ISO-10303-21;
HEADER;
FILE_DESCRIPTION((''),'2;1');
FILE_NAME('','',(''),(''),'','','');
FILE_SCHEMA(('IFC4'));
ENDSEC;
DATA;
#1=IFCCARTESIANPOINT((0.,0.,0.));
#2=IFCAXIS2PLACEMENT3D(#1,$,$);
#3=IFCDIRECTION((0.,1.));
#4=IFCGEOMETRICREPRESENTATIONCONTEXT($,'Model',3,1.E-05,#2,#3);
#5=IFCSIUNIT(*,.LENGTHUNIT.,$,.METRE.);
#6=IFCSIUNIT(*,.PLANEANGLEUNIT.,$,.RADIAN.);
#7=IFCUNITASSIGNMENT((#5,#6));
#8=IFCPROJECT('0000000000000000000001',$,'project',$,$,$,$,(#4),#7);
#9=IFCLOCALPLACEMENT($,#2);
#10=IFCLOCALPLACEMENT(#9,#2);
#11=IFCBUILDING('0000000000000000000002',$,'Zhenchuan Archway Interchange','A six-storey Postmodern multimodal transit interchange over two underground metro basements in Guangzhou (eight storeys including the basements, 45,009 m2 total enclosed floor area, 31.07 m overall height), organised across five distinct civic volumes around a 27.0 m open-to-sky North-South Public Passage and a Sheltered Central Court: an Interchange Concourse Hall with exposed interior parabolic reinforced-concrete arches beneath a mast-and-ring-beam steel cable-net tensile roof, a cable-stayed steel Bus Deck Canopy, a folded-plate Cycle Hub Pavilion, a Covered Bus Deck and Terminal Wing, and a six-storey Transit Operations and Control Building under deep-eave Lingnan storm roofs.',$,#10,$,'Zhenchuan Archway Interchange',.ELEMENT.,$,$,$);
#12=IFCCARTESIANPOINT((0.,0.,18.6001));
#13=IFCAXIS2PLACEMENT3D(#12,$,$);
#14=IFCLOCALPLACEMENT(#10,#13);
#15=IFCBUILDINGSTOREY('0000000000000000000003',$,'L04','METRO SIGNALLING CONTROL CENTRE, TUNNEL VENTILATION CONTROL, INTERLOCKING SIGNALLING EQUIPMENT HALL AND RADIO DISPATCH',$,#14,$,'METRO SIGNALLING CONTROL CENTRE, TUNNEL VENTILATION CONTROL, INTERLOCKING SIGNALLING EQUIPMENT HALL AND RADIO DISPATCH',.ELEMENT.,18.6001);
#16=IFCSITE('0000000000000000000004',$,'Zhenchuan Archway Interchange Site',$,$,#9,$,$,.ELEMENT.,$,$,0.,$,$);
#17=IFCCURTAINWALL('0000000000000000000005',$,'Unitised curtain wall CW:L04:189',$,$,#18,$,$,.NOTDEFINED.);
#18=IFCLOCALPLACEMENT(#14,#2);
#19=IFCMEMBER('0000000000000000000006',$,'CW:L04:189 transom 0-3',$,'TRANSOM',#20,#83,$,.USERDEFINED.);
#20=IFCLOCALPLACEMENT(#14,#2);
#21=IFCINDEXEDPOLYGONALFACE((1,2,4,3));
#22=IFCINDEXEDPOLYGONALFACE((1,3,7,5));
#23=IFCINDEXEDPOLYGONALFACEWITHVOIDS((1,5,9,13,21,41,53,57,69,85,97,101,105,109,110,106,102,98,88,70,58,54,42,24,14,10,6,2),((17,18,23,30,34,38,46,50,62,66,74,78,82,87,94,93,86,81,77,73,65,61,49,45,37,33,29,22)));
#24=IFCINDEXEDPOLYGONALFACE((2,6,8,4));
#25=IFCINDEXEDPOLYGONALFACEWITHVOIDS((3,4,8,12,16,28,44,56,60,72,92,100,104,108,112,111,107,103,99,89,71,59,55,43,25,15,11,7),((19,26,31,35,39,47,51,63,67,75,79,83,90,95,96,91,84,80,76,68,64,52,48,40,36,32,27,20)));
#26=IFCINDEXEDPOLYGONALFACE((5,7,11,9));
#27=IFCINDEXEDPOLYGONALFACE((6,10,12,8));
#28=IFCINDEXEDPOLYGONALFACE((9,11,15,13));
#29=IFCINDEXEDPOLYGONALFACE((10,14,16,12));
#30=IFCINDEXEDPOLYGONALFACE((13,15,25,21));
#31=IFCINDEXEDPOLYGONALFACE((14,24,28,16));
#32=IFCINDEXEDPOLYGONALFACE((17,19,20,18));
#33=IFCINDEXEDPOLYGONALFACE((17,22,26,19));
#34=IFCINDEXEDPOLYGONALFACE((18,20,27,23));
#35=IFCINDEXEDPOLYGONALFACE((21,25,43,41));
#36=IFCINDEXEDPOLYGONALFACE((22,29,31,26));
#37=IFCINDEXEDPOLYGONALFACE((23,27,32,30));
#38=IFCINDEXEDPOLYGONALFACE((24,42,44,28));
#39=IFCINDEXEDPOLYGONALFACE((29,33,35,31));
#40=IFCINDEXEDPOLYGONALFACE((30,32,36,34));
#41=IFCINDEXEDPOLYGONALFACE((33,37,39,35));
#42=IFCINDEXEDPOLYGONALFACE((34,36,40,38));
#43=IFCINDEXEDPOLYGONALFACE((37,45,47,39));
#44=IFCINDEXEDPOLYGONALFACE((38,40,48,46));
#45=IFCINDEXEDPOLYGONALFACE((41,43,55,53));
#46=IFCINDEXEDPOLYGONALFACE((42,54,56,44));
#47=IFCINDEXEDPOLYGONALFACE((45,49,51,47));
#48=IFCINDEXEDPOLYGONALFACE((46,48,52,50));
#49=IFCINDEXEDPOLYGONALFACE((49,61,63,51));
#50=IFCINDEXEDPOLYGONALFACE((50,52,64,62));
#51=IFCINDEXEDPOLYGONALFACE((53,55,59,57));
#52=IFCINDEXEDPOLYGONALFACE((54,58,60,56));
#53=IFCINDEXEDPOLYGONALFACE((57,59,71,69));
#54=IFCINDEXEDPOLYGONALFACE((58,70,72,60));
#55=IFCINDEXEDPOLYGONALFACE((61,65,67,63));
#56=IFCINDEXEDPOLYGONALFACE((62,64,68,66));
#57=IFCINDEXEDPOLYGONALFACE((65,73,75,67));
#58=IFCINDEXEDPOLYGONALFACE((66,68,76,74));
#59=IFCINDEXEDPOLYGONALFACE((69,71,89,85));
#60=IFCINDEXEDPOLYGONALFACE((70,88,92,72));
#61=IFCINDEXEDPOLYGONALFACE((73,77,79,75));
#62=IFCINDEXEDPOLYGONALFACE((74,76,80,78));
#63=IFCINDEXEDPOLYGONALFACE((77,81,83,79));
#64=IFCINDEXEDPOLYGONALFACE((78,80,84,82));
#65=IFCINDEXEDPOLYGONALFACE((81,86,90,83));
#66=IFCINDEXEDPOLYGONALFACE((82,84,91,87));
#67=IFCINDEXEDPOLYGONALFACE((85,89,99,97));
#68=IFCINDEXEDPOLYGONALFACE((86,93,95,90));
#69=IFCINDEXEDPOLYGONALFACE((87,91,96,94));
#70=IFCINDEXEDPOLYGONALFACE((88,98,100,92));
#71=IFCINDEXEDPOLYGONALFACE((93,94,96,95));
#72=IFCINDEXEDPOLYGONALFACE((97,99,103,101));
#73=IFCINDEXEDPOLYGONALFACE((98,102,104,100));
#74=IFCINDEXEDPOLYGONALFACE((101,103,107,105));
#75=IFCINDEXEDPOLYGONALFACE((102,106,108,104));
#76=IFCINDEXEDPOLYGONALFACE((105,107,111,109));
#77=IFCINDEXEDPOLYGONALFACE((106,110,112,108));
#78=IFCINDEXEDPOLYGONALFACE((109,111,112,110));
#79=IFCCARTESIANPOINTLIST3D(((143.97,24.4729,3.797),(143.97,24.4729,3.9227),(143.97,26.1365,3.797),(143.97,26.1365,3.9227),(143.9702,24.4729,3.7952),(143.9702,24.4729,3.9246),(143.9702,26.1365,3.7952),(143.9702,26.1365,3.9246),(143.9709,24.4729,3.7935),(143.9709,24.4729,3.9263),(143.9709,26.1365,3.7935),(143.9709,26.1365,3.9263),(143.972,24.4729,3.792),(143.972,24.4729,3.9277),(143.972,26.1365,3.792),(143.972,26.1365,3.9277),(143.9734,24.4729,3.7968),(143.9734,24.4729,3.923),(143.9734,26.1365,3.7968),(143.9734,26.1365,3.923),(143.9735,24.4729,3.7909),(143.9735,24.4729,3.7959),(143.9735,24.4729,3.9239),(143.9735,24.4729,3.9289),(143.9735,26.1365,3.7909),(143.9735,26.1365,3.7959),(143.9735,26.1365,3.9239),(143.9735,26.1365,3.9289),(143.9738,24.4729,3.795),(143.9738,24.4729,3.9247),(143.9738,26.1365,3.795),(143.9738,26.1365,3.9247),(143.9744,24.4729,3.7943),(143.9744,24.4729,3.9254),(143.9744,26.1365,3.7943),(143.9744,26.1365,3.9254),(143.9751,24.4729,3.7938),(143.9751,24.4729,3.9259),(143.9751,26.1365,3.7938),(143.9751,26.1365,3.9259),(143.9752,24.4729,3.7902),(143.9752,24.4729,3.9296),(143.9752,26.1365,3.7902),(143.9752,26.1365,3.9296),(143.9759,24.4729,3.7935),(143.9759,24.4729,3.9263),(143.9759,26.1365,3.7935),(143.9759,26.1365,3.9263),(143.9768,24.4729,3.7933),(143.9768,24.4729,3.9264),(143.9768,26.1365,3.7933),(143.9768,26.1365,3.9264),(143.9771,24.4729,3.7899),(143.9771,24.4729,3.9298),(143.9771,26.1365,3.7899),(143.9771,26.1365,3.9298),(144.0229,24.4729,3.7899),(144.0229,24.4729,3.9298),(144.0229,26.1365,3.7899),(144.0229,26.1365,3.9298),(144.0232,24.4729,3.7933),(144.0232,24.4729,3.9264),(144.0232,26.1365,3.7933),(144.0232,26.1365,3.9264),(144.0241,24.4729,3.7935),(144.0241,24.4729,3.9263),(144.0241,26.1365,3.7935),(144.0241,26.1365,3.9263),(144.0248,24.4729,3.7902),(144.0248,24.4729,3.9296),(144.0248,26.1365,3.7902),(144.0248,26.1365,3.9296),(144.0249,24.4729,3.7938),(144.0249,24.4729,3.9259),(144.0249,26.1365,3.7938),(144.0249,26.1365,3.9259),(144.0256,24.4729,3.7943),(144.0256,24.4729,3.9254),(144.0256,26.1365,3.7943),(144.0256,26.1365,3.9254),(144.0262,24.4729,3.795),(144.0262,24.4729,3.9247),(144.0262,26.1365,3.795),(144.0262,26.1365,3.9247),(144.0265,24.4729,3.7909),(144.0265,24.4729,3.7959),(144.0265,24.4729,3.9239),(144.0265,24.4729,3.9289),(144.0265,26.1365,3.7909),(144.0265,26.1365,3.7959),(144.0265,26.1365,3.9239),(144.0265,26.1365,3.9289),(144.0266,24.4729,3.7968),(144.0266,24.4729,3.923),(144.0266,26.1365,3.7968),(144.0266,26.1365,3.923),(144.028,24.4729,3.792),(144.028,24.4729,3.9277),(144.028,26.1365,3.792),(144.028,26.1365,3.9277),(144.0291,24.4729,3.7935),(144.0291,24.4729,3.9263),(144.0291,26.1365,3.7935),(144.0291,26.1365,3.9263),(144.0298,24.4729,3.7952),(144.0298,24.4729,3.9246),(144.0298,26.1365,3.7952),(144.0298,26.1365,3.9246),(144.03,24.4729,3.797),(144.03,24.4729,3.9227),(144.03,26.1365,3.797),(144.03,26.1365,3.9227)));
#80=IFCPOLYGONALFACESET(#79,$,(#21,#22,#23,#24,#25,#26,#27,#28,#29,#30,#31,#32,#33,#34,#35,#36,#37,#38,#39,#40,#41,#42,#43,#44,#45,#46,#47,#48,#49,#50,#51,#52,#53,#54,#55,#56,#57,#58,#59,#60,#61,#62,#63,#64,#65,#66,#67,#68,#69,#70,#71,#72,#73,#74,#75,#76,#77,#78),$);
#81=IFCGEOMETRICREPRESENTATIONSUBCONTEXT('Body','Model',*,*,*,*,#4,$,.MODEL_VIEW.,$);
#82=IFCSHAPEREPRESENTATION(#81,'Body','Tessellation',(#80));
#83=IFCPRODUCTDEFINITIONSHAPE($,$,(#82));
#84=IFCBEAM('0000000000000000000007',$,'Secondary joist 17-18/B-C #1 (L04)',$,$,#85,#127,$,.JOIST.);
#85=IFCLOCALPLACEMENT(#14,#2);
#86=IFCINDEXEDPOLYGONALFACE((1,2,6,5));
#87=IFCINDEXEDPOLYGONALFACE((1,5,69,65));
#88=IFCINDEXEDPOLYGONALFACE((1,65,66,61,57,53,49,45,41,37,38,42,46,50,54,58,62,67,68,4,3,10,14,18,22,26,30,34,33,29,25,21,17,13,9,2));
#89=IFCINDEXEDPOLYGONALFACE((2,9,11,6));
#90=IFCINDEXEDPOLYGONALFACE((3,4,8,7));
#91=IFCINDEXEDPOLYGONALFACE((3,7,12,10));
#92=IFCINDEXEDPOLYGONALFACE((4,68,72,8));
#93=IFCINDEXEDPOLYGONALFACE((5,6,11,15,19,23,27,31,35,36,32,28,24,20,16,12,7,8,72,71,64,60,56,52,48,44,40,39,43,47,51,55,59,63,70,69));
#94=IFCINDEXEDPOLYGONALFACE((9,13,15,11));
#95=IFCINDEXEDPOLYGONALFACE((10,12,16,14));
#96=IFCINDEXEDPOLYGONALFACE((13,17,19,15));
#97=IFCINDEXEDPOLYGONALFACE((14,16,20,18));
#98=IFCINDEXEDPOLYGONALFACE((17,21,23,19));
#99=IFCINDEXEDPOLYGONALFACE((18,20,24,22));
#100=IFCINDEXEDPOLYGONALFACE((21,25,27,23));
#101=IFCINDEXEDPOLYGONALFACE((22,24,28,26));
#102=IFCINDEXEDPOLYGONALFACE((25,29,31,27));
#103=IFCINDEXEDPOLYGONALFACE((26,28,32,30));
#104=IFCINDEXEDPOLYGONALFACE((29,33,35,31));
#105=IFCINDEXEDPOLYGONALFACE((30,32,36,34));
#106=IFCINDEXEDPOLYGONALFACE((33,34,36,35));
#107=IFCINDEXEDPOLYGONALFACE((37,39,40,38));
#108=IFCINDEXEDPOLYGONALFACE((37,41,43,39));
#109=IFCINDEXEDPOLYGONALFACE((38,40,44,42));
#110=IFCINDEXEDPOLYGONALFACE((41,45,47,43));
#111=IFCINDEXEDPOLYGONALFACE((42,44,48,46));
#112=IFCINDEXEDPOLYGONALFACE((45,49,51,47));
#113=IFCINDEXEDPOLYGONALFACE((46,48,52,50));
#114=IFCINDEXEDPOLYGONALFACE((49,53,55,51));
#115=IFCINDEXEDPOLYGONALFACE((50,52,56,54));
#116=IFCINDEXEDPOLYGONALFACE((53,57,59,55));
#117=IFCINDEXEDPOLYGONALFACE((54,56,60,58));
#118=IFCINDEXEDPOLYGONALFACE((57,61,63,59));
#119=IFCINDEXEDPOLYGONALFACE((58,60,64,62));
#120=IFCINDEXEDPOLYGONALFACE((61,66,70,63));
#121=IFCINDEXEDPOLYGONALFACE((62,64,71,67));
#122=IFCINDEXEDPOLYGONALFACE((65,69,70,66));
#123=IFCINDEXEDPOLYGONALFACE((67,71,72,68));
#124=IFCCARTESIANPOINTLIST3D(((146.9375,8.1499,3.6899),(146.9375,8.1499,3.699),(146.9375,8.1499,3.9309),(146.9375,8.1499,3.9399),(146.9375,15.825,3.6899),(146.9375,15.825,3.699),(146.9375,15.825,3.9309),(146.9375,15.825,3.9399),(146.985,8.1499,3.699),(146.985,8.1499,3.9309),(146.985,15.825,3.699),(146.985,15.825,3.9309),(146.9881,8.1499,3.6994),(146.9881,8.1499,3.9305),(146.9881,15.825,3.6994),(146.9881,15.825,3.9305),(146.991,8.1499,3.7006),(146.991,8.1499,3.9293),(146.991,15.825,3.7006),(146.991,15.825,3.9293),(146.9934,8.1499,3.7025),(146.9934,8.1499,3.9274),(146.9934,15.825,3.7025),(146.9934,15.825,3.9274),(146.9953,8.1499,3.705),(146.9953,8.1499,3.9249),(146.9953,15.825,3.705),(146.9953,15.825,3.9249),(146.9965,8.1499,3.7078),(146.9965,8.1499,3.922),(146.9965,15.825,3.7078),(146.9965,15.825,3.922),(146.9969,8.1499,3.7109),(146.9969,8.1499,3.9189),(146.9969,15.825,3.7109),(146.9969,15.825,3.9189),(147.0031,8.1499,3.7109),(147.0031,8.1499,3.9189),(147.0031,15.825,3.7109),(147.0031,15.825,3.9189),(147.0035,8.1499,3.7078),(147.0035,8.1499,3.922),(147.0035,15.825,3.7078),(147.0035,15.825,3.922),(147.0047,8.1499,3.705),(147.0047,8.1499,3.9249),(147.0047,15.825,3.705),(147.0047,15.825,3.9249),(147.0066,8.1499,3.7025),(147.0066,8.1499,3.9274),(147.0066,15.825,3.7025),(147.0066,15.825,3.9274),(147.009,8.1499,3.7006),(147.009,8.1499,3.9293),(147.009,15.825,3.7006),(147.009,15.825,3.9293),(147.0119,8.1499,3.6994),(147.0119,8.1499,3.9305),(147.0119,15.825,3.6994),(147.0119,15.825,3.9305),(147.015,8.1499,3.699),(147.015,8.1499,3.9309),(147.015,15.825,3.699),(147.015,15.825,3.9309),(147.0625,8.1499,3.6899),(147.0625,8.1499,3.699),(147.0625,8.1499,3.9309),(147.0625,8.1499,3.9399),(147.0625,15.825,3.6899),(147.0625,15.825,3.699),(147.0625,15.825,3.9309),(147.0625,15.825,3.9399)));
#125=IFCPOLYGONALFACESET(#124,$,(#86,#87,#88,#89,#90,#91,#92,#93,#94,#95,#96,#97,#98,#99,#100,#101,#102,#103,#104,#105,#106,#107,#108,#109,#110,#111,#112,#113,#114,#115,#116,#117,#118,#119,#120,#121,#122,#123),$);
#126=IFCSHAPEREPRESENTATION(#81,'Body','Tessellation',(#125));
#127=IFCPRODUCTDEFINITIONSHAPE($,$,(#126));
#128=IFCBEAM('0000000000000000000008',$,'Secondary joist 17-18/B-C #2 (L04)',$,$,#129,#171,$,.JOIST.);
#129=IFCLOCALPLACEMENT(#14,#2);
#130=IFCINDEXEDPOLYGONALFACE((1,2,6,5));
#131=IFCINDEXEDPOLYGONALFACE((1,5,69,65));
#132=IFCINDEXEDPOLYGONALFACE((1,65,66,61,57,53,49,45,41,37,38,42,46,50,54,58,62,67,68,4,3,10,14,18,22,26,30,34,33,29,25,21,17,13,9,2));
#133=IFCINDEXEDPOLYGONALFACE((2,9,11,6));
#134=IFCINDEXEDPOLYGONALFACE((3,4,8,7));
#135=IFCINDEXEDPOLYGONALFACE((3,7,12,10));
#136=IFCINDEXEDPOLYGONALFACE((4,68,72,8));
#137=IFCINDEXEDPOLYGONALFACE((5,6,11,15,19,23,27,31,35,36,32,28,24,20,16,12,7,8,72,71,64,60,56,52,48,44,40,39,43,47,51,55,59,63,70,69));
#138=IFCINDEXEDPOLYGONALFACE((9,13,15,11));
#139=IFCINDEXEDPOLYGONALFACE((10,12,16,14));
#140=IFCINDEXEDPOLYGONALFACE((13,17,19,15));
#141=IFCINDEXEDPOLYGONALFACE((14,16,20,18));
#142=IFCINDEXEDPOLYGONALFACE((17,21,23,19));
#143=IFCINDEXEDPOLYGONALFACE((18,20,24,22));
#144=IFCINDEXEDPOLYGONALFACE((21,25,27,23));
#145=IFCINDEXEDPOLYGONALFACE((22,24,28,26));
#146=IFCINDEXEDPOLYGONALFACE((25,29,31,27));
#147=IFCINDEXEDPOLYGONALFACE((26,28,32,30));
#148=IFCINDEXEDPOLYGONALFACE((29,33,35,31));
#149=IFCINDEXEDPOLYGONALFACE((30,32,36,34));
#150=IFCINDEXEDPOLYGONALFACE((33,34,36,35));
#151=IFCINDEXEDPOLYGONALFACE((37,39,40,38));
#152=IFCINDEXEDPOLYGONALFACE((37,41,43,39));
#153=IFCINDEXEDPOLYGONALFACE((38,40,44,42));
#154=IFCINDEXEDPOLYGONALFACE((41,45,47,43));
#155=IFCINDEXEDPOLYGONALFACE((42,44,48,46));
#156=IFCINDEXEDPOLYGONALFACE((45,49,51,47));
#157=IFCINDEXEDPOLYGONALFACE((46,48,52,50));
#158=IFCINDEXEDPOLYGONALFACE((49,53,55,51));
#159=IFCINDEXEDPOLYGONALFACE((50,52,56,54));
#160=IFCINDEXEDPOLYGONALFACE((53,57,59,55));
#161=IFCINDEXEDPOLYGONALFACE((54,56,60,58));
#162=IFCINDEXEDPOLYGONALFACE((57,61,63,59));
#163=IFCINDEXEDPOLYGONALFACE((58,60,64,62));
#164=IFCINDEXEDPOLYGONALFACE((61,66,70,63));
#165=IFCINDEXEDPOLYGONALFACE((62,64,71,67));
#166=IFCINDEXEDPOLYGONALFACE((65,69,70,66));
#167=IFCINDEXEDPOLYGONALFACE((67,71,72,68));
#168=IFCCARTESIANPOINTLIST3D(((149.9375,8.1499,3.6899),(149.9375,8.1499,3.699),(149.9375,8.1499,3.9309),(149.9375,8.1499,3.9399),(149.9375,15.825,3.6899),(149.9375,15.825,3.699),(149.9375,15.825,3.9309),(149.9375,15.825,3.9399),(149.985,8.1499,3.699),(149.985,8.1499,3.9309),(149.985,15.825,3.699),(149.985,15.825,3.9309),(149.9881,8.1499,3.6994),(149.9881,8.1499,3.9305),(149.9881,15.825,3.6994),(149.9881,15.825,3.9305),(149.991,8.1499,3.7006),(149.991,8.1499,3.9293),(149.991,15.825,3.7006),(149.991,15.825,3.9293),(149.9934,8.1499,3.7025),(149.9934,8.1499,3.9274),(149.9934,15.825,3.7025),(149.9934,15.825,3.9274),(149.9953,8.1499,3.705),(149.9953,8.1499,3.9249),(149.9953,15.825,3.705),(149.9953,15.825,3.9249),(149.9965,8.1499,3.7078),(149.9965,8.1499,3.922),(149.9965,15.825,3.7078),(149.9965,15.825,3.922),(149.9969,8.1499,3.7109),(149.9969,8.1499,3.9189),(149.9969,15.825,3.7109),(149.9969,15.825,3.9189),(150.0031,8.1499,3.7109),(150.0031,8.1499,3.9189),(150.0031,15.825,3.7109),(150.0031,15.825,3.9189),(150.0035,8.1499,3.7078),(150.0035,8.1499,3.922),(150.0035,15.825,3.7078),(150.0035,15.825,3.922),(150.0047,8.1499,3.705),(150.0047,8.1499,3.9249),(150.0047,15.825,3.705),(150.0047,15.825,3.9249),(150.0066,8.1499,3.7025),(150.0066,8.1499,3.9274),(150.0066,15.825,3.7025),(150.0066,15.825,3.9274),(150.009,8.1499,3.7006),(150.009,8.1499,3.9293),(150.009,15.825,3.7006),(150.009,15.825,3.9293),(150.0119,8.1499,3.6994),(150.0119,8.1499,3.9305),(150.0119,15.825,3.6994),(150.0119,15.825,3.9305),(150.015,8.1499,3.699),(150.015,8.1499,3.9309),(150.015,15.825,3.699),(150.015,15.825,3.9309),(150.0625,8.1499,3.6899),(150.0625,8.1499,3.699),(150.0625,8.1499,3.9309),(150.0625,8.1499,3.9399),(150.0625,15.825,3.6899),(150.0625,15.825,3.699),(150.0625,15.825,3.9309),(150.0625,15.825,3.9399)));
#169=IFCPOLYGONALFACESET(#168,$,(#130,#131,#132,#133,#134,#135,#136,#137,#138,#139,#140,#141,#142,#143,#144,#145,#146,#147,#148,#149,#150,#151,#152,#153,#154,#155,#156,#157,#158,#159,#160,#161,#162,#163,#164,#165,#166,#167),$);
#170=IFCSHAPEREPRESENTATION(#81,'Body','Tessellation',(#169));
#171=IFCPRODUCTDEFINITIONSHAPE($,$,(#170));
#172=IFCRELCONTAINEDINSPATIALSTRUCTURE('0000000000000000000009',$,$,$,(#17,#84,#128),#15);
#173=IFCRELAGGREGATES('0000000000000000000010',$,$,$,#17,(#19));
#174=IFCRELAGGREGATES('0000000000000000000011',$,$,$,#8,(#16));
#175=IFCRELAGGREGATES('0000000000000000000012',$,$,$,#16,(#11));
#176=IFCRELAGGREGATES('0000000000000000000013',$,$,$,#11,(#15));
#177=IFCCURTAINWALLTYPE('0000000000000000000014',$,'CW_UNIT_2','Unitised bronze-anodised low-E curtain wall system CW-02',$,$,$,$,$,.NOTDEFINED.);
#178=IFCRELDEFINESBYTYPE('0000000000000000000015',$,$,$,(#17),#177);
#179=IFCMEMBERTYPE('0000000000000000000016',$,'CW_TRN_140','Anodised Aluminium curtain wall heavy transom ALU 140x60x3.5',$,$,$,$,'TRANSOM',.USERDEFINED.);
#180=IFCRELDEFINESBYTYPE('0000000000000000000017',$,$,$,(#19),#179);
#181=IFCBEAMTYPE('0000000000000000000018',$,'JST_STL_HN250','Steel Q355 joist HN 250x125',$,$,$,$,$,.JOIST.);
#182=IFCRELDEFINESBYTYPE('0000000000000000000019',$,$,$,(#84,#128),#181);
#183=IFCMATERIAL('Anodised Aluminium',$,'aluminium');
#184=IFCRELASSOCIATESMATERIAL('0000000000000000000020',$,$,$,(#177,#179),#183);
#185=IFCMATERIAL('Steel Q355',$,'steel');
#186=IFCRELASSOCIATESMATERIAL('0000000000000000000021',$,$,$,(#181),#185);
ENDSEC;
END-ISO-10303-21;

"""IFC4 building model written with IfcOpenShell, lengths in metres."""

from ifc_helpers import new_model, si_unit, direction, frame, origin, origin_2d, place, context, subcontext, project, spatial, hollow_rectangle, i_section, extrude, material, material_profile, profile_set, type_object, element, aggregate, save


model = new_model("IFC4")

# Units and contexts
model_context = context("Model", 3, precision=1e-05, world=origin(), true_north=direction((0.0, 1.0)))
body_context = subcontext(model_context, "Body", "Model", "MODEL_VIEW")
ifc_project = project(units=[si_unit("LENGTHUNIT", "METRE"), si_unit("PLANEANGLEUNIT", "RADIAN")], contexts=[model_context])

# Site, building, storey
site_placement = place(None, origin())
site = spatial("IfcSite", under=ifc_project, at=site_placement, Name="Zhenchuan Archway Interchange Site", CompositionType="ELEMENT", RefElevation=0.0)
building_placement = place(site_placement, origin())
building = spatial("IfcBuilding", under=site, at=building_placement, Name="Zhenchuan Archway Interchange", Description="A six-storey Postmodern multimodal transit interchange over two underground metro basements in Guangzhou (eight storeys including the basements, 45,009 m2 total enclosed floor area, 31.07 m overall height), organised across five distinct civic volumes around a 27.0 m open-to-sky North-South Public Passage and a Sheltered Central Court: an Interchange Concourse Hall with exposed interior parabolic reinforced-concrete arches beneath a mast-and-ring-beam steel cable-net tensile roof, a cable-stayed steel Bus Deck Canopy, a folded-plate Cycle Hub Pavilion, a Covered Bus Deck and Terminal Wing, and a six-storey Transit Operations and Control Building under deep-eave Lingnan storm roofs.", LongName="Zhenchuan Archway Interchange", CompositionType="ELEMENT")
storey_placement = place(building_placement, frame((0.0, 0.0, 18.6001)))
storey = spatial("IfcBuildingStorey", under=building, at=storey_placement, Name="L04", Description="METRO SIGNALLING CONTROL CENTRE, TUNNEL VENTILATION CONTROL, INTERLOCKING SIGNALLING EQUIPMENT HALL AND RADIO DISPATCH", LongName="METRO SIGNALLING CONTROL CENTRE, TUNNEL VENTILATION CONTROL, INTERLOCKING SIGNALLING EQUIPMENT HALL AND RADIO DISPATCH", CompositionType="ELEMENT", Elevation=18.6001)

# Curtain wall, member
ifc_material_1 = material(Name="Anodised Aluminium", Category="aluminium")
curtain_wall_type = type_object("IfcCurtainWallType", Name="CW_UNIT_2", Description="Unitised bronze-anodised low-E curtain wall system CW-02", PredefinedType="NOTDEFINED", material=ifc_material_1)
curtain_wall_placement = place(storey_placement, origin())
curtain_wall = element("IfcCurtainWall", 1, at=curtain_wall_placement, inside=storey, type_object=curtain_wall_type, Name="Unitised curtain wall CW:L04:189", PredefinedType="NOTDEFINED")
ifc_material_profile_1 = material_profile(ifc_material_1, hollow_rectangle(XDim=0.0601, YDim=0.1399, WallThickness=0.0034, InnerFilletRadius=0.0034, OuterFilletRadius=0.0071, at=origin_2d()), Name="ALU 140x60x3.5")
ifc_profile_set_1 = profile_set([ifc_material_profile_1], Name="Anodised Aluminium")
member_type_1 = type_object("IfcMemberType", Name="CW_TRN_140", Description="Anodised Aluminium curtain wall heavy transom ALU 140x60x3.5", ElementType="TRANSOM", PredefinedType="USERDEFINED", material=ifc_profile_set_1)
member_1_placement = place(storey_placement, frame((144.0, 24.4729, 3.8599), z_axis=(0.0, 1.0, 0.0), x_axis=(-1.0, 0.0, 0.0)))
member_1 = element("IfcMember", 2, at=member_1_placement, type_object=member_type_1, Name="CW:L04:189 transom 0-3", ObjectType="TRANSOM", PredefinedType="USERDEFINED", context=body_context, shape_type="SweptSolid", body=[
    extrude(hollow_rectangle(XDim=0.0601, YDim=0.1399, WallThickness=0.0034, InnerFilletRadius=0.0034, OuterFilletRadius=0.0071, at=origin_2d()), origin(), (0.0, 0.0, 1.0), 1.6636),
])

# Beams
ifc_material_2 = material(Name="Steel Q355", Category="steel")
ifc_material_profile_2 = material_profile(ifc_material_2, i_section(OverallWidth=0.125, OverallDepth=0.25, WebThickness=0.0061, FlangeThickness=0.009, FilletRadius=0.012, at=origin_2d()), Name="HN 250x125")
ifc_profile_set_2 = profile_set([ifc_material_profile_2], Name="Steel Q355")
beam_type_1 = type_object("IfcBeamType", Name="JST_STL_HN250", Description="Steel Q355 joist HN 250x125", PredefinedType="JOIST", material=ifc_profile_set_2)
for number, where, z_axis, x_axis, name in (
    (3, (147.0, 8.1499, 3.8149), (0.0, 1.0, 0.0), (-1.0, 0.0, 0.0), "Secondary joist 17-18/B-C #1 (L04)"),
    (4, (150.0, 8.1499, 3.8149), (0.0, 1.0, 0.0), (-1.0, 0.0, 0.0), "Secondary joist 17-18/B-C #2 (L04)"),
):
    element("IfcBeam", number, at=place(storey_placement, frame(where, z_axis=z_axis, x_axis=x_axis)), inside=storey, type_object=beam_type_1, Name=name, PredefinedType="JOIST", context=body_context, shape_type="SweptSolid", body=[
        extrude(i_section(OverallWidth=0.125, OverallDepth=0.25, WebThickness=0.0061, FlangeThickness=0.009, FilletRadius=0.012, at=origin_2d()), origin(), (0.0, 0.0, 1.0), 7.675),
    ])

aggregate(curtain_wall, [member_1])

save(model, "model.ifc")
